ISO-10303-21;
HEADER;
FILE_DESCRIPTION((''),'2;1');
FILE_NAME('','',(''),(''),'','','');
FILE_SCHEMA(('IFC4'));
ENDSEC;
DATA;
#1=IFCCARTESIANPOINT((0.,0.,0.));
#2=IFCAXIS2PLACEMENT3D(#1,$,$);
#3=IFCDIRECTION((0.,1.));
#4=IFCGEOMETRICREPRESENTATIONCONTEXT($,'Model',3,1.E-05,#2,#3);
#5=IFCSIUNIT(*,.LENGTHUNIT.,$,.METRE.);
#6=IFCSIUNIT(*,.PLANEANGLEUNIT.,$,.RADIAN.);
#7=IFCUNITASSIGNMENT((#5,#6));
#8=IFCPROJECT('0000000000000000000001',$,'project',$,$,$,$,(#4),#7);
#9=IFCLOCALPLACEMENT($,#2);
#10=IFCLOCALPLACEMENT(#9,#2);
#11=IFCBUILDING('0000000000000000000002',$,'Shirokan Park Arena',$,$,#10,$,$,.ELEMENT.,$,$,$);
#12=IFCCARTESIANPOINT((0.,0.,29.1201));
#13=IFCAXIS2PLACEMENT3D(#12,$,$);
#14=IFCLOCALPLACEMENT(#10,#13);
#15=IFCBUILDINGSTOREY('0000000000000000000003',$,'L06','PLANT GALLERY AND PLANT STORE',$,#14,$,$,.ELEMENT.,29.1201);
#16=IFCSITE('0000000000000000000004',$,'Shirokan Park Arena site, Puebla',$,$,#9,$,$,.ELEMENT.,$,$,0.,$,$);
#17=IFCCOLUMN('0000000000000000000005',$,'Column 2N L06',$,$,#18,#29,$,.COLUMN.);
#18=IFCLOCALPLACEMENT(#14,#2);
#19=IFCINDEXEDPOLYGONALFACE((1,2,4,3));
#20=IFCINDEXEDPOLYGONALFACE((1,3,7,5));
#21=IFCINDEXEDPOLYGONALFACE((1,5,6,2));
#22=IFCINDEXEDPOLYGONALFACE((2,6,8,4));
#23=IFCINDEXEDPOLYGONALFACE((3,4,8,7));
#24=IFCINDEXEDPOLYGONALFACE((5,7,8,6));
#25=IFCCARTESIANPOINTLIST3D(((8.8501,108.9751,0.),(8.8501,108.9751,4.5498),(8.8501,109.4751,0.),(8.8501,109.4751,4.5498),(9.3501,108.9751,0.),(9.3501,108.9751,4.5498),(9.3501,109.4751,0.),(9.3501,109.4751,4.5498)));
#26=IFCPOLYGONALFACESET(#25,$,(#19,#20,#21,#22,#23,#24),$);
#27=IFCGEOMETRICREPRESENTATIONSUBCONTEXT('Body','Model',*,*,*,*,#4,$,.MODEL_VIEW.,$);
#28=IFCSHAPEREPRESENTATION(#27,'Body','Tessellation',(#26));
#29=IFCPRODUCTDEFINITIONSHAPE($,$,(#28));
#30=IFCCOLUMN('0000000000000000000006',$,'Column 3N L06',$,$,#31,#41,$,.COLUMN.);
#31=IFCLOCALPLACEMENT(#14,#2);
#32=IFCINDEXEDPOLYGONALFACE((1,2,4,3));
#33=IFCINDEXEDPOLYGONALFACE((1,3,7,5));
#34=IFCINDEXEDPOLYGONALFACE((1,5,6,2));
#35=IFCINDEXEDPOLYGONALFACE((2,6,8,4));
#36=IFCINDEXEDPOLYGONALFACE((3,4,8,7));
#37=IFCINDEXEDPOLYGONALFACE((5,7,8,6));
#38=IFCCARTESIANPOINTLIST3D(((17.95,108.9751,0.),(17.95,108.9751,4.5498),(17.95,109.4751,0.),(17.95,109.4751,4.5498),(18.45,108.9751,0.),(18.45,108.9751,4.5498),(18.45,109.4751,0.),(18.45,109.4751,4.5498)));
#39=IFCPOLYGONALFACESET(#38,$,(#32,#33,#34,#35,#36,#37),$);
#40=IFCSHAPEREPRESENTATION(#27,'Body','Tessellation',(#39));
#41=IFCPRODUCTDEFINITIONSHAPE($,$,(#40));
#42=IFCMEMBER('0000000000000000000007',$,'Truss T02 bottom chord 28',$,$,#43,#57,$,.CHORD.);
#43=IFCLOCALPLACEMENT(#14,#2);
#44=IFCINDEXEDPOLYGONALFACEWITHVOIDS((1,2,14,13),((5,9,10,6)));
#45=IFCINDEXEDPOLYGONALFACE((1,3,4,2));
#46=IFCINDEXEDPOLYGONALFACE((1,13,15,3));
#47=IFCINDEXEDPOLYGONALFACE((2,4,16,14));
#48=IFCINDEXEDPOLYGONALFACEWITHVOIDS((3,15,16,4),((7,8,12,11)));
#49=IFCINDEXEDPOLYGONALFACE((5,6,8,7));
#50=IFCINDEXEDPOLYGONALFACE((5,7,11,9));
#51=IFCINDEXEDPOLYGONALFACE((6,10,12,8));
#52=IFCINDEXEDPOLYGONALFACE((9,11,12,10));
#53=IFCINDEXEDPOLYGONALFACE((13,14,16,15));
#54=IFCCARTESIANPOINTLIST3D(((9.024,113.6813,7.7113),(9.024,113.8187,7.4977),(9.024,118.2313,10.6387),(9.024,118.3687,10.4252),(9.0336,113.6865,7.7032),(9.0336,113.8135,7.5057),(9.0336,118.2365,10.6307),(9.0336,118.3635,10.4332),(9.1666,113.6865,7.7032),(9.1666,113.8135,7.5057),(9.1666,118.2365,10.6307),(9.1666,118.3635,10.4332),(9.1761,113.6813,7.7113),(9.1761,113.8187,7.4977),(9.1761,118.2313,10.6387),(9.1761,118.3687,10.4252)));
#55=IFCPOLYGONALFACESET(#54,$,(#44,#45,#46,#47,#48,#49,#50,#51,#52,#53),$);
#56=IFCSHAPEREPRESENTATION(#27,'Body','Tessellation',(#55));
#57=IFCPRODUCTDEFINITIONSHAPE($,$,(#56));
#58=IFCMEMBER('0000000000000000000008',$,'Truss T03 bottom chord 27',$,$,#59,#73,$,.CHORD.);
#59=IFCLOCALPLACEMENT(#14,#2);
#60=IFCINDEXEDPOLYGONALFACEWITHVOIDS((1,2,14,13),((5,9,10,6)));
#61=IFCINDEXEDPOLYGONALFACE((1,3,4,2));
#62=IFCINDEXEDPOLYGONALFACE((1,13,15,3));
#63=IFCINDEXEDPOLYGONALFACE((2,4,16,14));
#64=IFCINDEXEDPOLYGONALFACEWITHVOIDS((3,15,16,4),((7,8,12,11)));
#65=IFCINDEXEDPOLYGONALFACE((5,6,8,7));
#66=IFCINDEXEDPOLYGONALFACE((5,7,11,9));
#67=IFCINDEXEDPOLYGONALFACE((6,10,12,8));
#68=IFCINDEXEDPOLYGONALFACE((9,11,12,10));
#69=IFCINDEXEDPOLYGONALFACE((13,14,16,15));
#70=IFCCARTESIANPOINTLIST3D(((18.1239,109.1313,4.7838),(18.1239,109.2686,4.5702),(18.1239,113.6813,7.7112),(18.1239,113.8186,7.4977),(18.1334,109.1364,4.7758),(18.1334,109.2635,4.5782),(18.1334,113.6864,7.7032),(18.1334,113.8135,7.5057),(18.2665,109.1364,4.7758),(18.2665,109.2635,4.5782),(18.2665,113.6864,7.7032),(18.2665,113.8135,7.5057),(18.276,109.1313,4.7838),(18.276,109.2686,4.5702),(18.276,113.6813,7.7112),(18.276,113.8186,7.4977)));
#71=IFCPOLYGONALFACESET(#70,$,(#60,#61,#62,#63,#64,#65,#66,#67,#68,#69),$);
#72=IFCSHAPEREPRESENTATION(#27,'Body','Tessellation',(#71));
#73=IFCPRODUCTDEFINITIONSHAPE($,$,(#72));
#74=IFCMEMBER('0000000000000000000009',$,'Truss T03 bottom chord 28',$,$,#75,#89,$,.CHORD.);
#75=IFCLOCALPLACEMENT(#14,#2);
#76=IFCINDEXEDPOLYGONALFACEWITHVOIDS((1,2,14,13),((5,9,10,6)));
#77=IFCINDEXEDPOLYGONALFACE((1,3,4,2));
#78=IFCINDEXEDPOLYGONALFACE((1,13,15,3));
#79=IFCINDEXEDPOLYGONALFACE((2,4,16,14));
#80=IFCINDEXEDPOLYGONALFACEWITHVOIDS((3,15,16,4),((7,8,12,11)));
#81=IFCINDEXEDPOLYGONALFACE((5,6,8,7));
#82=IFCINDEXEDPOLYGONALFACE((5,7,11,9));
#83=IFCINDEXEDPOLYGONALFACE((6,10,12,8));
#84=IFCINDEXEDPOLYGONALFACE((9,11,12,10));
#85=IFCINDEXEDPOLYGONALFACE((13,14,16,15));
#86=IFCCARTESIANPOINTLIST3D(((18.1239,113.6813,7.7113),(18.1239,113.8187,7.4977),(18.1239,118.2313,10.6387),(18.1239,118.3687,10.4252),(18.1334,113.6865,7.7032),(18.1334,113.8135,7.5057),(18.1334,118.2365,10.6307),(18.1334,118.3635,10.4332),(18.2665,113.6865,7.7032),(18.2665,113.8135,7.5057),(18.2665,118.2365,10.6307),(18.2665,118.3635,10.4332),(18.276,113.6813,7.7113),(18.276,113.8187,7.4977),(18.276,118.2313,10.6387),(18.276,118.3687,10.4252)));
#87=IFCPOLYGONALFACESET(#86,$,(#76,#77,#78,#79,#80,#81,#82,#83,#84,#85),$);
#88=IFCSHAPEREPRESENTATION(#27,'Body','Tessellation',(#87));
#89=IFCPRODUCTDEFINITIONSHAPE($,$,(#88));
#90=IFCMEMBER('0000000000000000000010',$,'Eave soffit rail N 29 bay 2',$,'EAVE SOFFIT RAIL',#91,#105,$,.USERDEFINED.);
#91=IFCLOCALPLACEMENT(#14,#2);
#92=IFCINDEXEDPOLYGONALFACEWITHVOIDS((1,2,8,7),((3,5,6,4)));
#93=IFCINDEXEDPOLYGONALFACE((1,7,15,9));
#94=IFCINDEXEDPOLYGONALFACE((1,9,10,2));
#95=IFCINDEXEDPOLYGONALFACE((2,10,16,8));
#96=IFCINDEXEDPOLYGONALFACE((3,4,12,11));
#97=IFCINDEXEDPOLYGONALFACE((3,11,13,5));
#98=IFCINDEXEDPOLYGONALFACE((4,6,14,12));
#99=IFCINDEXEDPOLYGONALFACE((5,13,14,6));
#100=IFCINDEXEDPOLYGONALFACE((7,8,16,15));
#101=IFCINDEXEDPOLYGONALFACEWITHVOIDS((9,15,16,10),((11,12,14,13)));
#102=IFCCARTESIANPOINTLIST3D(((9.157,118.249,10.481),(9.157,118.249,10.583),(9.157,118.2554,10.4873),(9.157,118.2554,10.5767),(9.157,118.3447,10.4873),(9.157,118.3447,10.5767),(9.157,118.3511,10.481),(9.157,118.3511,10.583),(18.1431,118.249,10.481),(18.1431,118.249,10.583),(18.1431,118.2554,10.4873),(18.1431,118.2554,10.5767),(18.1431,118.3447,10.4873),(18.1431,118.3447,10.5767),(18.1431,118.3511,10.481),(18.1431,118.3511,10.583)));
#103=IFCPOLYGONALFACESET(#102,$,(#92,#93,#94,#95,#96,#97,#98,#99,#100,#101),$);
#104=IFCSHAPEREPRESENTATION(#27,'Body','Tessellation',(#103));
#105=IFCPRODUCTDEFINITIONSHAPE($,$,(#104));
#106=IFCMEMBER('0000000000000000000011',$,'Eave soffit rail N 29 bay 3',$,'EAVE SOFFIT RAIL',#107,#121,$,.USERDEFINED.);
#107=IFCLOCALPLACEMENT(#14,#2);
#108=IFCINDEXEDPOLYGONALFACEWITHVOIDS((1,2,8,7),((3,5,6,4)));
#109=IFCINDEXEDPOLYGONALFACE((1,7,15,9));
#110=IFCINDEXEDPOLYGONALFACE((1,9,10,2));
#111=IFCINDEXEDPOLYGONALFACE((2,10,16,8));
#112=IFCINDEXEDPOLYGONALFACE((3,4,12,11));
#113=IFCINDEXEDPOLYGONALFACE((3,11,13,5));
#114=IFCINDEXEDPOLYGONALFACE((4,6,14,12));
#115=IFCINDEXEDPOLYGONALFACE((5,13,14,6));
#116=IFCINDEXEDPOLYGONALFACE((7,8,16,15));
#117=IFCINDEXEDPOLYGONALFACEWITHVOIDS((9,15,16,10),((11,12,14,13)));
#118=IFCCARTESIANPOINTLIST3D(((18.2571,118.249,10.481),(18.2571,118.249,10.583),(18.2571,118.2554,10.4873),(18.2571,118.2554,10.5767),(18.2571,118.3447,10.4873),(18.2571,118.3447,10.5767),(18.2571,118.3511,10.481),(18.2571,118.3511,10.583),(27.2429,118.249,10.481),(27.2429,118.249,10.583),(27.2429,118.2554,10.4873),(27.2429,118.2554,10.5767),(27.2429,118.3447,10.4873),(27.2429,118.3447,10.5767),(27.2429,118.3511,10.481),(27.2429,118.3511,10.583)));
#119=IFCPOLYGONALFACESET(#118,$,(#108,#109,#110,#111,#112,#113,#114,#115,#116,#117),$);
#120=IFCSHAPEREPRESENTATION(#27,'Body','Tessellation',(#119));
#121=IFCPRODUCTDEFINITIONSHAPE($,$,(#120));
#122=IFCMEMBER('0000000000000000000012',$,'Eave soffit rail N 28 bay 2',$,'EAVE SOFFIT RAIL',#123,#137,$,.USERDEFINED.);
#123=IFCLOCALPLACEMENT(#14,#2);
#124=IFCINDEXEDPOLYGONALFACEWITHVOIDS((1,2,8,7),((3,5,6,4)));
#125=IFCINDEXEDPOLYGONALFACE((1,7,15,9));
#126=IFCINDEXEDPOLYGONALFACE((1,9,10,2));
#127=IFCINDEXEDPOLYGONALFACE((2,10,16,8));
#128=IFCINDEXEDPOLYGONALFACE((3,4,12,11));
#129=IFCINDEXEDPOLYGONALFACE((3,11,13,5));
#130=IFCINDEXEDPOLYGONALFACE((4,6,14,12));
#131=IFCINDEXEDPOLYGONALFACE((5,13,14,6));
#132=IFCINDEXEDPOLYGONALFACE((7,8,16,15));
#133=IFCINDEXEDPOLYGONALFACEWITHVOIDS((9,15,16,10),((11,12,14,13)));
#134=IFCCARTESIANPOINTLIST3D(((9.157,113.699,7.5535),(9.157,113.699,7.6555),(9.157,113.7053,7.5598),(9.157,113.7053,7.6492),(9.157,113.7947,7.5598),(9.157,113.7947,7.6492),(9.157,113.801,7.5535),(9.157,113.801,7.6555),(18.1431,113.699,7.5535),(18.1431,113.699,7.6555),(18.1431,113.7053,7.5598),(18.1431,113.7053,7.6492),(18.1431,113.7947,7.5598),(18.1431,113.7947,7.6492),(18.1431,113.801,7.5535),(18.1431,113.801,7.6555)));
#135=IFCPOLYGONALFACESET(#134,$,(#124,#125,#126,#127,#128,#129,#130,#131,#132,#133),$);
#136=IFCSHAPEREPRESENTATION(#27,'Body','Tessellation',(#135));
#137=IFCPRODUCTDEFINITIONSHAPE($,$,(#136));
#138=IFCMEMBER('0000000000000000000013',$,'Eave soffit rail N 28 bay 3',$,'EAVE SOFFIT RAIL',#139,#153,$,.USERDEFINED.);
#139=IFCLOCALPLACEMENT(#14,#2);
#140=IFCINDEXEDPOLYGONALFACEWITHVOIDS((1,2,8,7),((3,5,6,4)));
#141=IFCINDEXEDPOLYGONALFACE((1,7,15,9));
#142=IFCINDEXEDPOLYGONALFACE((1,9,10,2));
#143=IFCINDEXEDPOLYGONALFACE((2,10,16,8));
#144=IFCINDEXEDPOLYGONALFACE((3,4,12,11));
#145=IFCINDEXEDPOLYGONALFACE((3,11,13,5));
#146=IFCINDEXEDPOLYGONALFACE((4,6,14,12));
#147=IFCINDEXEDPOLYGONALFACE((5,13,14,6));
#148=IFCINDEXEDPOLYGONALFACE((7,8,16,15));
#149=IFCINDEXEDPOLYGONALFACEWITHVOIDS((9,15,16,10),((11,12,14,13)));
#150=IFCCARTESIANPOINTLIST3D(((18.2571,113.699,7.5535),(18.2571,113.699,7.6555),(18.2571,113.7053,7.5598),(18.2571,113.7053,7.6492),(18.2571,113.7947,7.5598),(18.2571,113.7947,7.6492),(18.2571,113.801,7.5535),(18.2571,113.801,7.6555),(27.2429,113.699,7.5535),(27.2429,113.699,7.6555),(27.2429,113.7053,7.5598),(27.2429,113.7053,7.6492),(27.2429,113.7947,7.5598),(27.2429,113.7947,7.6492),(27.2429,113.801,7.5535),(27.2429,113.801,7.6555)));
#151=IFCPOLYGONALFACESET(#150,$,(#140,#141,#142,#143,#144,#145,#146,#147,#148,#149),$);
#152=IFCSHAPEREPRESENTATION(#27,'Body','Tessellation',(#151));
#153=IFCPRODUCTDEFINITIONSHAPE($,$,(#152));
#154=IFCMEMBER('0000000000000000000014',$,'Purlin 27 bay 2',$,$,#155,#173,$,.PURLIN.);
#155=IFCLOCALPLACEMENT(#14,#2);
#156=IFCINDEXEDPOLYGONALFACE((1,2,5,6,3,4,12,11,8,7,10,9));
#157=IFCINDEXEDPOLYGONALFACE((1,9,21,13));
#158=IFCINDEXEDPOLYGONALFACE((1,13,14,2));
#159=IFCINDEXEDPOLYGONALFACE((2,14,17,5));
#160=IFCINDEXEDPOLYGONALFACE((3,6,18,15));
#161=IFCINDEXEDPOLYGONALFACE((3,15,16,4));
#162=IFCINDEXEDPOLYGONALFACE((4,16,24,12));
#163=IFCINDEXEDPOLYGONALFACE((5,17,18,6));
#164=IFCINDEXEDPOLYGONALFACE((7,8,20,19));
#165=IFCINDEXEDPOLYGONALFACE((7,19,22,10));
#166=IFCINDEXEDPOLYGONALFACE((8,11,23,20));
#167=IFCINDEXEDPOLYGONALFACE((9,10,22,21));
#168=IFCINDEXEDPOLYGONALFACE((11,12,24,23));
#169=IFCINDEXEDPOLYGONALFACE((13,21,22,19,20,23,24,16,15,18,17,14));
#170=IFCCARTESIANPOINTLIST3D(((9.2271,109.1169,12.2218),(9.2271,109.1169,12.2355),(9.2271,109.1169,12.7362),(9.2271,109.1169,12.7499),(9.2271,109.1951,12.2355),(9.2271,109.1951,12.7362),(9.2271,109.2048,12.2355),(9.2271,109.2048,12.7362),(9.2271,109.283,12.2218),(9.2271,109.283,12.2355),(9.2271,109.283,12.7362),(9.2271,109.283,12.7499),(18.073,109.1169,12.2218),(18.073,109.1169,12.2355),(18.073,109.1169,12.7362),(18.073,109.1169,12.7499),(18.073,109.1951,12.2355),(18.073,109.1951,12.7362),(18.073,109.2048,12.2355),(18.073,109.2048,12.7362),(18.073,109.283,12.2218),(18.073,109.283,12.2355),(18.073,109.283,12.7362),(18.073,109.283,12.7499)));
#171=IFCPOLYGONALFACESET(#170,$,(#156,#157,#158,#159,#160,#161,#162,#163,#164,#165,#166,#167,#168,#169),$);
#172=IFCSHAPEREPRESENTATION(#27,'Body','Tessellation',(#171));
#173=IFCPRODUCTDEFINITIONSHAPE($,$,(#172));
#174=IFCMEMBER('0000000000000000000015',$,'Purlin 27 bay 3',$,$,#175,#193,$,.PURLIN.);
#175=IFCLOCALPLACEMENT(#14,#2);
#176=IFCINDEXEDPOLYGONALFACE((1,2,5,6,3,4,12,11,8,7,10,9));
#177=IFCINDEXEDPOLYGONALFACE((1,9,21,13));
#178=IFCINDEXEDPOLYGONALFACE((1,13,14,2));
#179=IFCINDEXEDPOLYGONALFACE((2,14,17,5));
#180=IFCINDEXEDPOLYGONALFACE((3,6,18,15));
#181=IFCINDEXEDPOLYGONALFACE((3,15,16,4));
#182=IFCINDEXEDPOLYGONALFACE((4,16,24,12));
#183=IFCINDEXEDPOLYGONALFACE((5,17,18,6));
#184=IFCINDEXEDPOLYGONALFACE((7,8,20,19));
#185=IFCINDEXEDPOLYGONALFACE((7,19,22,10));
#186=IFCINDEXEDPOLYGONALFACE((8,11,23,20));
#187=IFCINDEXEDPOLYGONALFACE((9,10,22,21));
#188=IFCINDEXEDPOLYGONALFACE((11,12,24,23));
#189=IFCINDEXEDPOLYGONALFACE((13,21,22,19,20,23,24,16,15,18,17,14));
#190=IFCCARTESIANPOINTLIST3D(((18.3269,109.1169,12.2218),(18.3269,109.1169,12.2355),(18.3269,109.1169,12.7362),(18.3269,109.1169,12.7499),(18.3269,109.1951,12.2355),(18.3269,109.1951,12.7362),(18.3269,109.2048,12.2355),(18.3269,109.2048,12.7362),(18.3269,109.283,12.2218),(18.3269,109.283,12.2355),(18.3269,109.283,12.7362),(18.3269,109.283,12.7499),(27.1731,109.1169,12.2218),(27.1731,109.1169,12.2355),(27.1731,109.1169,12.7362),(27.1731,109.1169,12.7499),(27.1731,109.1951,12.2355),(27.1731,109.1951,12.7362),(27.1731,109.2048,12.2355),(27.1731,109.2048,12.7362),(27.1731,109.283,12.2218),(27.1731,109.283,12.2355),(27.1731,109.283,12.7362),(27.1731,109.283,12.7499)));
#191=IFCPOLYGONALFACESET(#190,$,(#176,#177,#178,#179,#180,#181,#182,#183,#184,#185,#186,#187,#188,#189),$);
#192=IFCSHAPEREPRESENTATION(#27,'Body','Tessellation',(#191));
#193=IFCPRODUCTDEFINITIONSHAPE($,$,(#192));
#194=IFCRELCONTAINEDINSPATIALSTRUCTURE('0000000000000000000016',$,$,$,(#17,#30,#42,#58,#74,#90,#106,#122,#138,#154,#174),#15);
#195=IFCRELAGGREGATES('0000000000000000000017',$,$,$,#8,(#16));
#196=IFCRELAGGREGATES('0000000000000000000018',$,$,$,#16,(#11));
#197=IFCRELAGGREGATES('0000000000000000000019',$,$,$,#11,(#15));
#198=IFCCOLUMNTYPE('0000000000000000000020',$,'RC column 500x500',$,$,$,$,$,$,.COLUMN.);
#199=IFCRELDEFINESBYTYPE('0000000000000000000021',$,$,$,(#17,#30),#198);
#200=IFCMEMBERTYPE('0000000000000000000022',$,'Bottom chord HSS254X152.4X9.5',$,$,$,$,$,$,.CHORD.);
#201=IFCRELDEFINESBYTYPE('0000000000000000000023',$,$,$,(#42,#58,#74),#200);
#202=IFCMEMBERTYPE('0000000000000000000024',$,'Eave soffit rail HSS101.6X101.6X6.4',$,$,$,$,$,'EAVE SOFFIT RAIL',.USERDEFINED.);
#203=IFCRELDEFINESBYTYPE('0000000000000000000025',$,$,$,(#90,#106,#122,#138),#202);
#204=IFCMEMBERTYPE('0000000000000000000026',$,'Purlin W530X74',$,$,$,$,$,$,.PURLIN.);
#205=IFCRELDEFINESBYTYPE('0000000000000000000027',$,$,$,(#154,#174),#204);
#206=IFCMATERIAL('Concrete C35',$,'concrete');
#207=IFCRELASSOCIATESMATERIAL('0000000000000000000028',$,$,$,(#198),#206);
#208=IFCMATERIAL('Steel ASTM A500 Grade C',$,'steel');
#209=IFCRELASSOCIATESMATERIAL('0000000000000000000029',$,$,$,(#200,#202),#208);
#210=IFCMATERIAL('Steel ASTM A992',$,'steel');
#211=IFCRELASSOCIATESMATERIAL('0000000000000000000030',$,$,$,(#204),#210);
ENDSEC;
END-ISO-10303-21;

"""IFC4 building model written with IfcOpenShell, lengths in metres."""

from ifc_helpers import new_model, si_unit, direction, frame, origin, origin_2d, place, context, subcontext, project, spatial, rectangle, hollow_rectangle, i_section, extrude, material, material_profile, profile_set, type_object, element, save


model = new_model("IFC4")

# Units and contexts
model_context = context("Model", 3, precision=1e-05, world=origin(), true_north=direction((0.0, 1.0)))
body_context = subcontext(model_context, "Body", "Model", "MODEL_VIEW")
ifc_project = project(units=[si_unit("LENGTHUNIT", "METRE"), si_unit("PLANEANGLEUNIT", "RADIAN")], contexts=[model_context])

# Site, building, storey
site_placement = place(None, origin())
site = spatial("IfcSite", under=ifc_project, at=site_placement, Name="Shirokan Park Arena site, Puebla", CompositionType="ELEMENT", RefElevation=0.0)
building_placement = place(site_placement, origin())
building = spatial("IfcBuilding", under=site, at=building_placement, Name="Shirokan Park Arena", CompositionType="ELEMENT")
storey_placement = place(building_placement, frame((0.0, 0.0, 29.1201)))
storey = spatial("IfcBuildingStorey", under=building, at=storey_placement, Name="L06", Description="PLANT GALLERY AND PLANT STORE", CompositionType="ELEMENT", Elevation=29.1201)

# Columns
ifc_material_1 = material(Name="Concrete C35", Category="concrete")
ifc_material_profile_1 = material_profile(ifc_material_1, rectangle(XDim=0.5, YDim=0.5, at=origin_2d()), Name="500x500")
ifc_profile_set_1 = profile_set([ifc_material_profile_1], Name="Concrete C35")
column_type = type_object("IfcColumnType", Name="RC column 500x500", PredefinedType="COLUMN", material=ifc_profile_set_1)
for number, where, z_axis, x_axis, name in (
    (1, (9.1001, 109.2251, 0.0), (0.0, 0.0, 1.0), (1.0, 0.0, 0.0), "Column 2N L06"),
    (2, (18.2, 109.2251, 0.0), (0.0, 0.0, 1.0), (1.0, 0.0, 0.0), "Column 3N L06"),
):
    element("IfcColumn", number, at=place(storey_placement, frame(where, z_axis=z_axis, x_axis=x_axis)), inside=storey, type_object=column_type, Name=name, PredefinedType="COLUMN", context=body_context, shape_type="SweptSolid", body=[
        extrude(rectangle(XDim=0.5, YDim=0.5, at=origin_2d()), origin(), (0.0, 0.0, 1.0), 4.5498),
    ])

# Members
ifc_material_2 = material(Name="Steel ASTM A500 Grade C", Category="steel")
ifc_material_profile_2 = material_profile(ifc_material_2, hollow_rectangle(XDim=0.1521, YDim=0.2539, WallThickness=0.0095, at=origin_2d()), Name="HSS254X152.4X9.5")
ifc_profile_set_2 = profile_set([ifc_material_profile_2], Name="Steel ASTM A500 Grade C")
member_type_1 = type_object("IfcMemberType", Name="Bottom chord HSS254X152.4X9.5", PredefinedType="CHORD", material=ifc_profile_set_2)
for number, where, z_axis, x_axis, name in (
    (3, (9.1001, 113.75, 7.6045), (0.0, 0.840972, 0.541079), (-1.0, 0.0, 0.0), "Truss T02 bottom chord 28"),
    (4, (18.2, 109.2, 4.677), (0.0, 0.840972, 0.541079), (-1.0, 0.0, 0.0), "Truss T03 bottom chord 27"),
    (5, (18.2, 113.75, 7.6045), (0.0, 0.840972, 0.541079), (-1.0, 0.0, 0.0), "Truss T03 bottom chord 28"),
):
    element("IfcMember", number, at=place(storey_placement, frame(where, z_axis=z_axis, x_axis=x_axis)), inside=storey, type_object=member_type_1, Name=name, PredefinedType="CHORD", context=body_context, shape_type="SweptSolid", body=[
        extrude(hollow_rectangle(XDim=0.1521, YDim=0.2539, WallThickness=0.0095, at=origin_2d()), origin(), (0.0, 0.0, 1.0), 5.4104),
    ])
ifc_material_profile_3 = material_profile(ifc_material_2, hollow_rectangle(XDim=0.1021, YDim=0.1021, WallThickness=0.0063, at=origin_2d()), Name="HSS101.6X101.6X6.4")
ifc_profile_set_3 = profile_set([ifc_material_profile_3], Name="Steel ASTM A500 Grade C")
member_type_2 = type_object("IfcMemberType", Name="Eave soffit rail HSS101.6X101.6X6.4", ElementType="EAVE SOFFIT RAIL", PredefinedType="USERDEFINED", material=ifc_profile_set_3)
member_1_placement = place(storey_placement, frame((9.157, 118.3, 10.532), z_axis=(1.0, 0.0, 0.0), x_axis=(0.0, 1.0, 0.0)))
element("IfcMember", 6, at=member_1_placement, inside=storey, type_object=member_type_2, Name="Eave soffit rail N 29 bay 2", ObjectType="EAVE SOFFIT RAIL", PredefinedType="USERDEFINED", context=body_context, shape_type="SweptSolid", body=[
    extrude(hollow_rectangle(XDim=0.1021, YDim=0.1021, WallThickness=0.0063, at=origin_2d()), origin(), (0.0, 0.0, 1.0), 8.9861),
])
member_2_placement = place(storey_placement, frame((18.2571, 118.3, 10.532), z_axis=(1.0, 0.0, 0.0), x_axis=(0.0, 1.0, 0.0)))
element("IfcMember", 7, at=member_2_placement, inside=storey, type_object=member_type_2, Name="Eave soffit rail N 29 bay 3", ObjectType="EAVE SOFFIT RAIL", PredefinedType="USERDEFINED", context=body_context, shape_type="SweptSolid", body=[
    extrude(hollow_rectangle(XDim=0.1021, YDim=0.1021, WallThickness=0.0063, at=origin_2d()), origin(), (0.0, 0.0, 1.0), 8.9858),
])
member_3_placement = place(storey_placement, frame((9.157, 113.75, 7.6045), z_axis=(1.0, 0.0, 0.0), x_axis=(0.0, 1.0, 0.0)))
element("IfcMember", 8, at=member_3_placement, inside=storey, type_object=member_type_2, Name="Eave soffit rail N 28 bay 2", ObjectType="EAVE SOFFIT RAIL", PredefinedType="USERDEFINED", context=body_context, shape_type="SweptSolid", body=[
    extrude(hollow_rectangle(XDim=0.1021, YDim=0.1021, WallThickness=0.0063, at=origin_2d()), origin(), (0.0, 0.0, 1.0), 8.9861),
])
member_4_placement = place(storey_placement, frame((18.2571, 113.75, 7.6045), z_axis=(1.0, 0.0, 0.0), x_axis=(0.0, 1.0, 0.0)))
element("IfcMember", 9, at=member_4_placement, inside=storey, type_object=member_type_2, Name="Eave soffit rail N 28 bay 3", ObjectType="EAVE SOFFIT RAIL", PredefinedType="USERDEFINED", context=body_context, shape_type="SweptSolid", body=[
    extrude(hollow_rectangle(XDim=0.1021, YDim=0.1021, WallThickness=0.0063, at=origin_2d()), origin(), (0.0, 0.0, 1.0), 8.9858),
])
ifc_material_3 = material(Name="Steel ASTM A992", Category="steel")
ifc_material_profile_4 = material_profile(ifc_material_3, i_section(OverallWidth=0.166, OverallDepth=0.5281, WebThickness=0.0098, FlangeThickness=0.0137, at=origin_2d()), Name="W530X74")
ifc_profile_set_4 = profile_set([ifc_material_profile_4], Name="Steel ASTM A992")
member_type_3 = type_object("IfcMemberType", Name="Purlin W530X74", PredefinedType="PURLIN", material=ifc_profile_set_4)
member_5_placement = place(storey_placement, frame((9.2271, 109.2, 12.4858), z_axis=(1.0, 0.0, 0.0), x_axis=(0.0, 1.0, 0.0)))
element("IfcMember", 10, at=member_5_placement, inside=storey, type_object=member_type_3, Name="Purlin 27 bay 2", PredefinedType="PURLIN", context=body_context, shape_type="SweptSolid", body=[
    extrude(i_section(OverallWidth=0.166, OverallDepth=0.5281, WebThickness=0.0098, FlangeThickness=0.0137, at=origin_2d()), origin(), (0.0, 0.0, 1.0), 8.8459),
])
member_6_placement = place(storey_placement, frame((18.3269, 109.2, 12.4858), z_axis=(1.0, 0.0, 0.0), x_axis=(0.0, 1.0, 0.0)))
element("IfcMember", 11, at=member_6_placement, inside=storey, type_object=member_type_3, Name="Purlin 27 bay 3", PredefinedType="PURLIN", context=body_context, shape_type="SweptSolid", body=[
    extrude(i_section(OverallWidth=0.166, OverallDepth=0.5281, WebThickness=0.0098, FlangeThickness=0.0137, at=origin_2d()), origin(), (0.0, 0.0, 1.0), 8.8462),
])

save(model, "model.ifc")
